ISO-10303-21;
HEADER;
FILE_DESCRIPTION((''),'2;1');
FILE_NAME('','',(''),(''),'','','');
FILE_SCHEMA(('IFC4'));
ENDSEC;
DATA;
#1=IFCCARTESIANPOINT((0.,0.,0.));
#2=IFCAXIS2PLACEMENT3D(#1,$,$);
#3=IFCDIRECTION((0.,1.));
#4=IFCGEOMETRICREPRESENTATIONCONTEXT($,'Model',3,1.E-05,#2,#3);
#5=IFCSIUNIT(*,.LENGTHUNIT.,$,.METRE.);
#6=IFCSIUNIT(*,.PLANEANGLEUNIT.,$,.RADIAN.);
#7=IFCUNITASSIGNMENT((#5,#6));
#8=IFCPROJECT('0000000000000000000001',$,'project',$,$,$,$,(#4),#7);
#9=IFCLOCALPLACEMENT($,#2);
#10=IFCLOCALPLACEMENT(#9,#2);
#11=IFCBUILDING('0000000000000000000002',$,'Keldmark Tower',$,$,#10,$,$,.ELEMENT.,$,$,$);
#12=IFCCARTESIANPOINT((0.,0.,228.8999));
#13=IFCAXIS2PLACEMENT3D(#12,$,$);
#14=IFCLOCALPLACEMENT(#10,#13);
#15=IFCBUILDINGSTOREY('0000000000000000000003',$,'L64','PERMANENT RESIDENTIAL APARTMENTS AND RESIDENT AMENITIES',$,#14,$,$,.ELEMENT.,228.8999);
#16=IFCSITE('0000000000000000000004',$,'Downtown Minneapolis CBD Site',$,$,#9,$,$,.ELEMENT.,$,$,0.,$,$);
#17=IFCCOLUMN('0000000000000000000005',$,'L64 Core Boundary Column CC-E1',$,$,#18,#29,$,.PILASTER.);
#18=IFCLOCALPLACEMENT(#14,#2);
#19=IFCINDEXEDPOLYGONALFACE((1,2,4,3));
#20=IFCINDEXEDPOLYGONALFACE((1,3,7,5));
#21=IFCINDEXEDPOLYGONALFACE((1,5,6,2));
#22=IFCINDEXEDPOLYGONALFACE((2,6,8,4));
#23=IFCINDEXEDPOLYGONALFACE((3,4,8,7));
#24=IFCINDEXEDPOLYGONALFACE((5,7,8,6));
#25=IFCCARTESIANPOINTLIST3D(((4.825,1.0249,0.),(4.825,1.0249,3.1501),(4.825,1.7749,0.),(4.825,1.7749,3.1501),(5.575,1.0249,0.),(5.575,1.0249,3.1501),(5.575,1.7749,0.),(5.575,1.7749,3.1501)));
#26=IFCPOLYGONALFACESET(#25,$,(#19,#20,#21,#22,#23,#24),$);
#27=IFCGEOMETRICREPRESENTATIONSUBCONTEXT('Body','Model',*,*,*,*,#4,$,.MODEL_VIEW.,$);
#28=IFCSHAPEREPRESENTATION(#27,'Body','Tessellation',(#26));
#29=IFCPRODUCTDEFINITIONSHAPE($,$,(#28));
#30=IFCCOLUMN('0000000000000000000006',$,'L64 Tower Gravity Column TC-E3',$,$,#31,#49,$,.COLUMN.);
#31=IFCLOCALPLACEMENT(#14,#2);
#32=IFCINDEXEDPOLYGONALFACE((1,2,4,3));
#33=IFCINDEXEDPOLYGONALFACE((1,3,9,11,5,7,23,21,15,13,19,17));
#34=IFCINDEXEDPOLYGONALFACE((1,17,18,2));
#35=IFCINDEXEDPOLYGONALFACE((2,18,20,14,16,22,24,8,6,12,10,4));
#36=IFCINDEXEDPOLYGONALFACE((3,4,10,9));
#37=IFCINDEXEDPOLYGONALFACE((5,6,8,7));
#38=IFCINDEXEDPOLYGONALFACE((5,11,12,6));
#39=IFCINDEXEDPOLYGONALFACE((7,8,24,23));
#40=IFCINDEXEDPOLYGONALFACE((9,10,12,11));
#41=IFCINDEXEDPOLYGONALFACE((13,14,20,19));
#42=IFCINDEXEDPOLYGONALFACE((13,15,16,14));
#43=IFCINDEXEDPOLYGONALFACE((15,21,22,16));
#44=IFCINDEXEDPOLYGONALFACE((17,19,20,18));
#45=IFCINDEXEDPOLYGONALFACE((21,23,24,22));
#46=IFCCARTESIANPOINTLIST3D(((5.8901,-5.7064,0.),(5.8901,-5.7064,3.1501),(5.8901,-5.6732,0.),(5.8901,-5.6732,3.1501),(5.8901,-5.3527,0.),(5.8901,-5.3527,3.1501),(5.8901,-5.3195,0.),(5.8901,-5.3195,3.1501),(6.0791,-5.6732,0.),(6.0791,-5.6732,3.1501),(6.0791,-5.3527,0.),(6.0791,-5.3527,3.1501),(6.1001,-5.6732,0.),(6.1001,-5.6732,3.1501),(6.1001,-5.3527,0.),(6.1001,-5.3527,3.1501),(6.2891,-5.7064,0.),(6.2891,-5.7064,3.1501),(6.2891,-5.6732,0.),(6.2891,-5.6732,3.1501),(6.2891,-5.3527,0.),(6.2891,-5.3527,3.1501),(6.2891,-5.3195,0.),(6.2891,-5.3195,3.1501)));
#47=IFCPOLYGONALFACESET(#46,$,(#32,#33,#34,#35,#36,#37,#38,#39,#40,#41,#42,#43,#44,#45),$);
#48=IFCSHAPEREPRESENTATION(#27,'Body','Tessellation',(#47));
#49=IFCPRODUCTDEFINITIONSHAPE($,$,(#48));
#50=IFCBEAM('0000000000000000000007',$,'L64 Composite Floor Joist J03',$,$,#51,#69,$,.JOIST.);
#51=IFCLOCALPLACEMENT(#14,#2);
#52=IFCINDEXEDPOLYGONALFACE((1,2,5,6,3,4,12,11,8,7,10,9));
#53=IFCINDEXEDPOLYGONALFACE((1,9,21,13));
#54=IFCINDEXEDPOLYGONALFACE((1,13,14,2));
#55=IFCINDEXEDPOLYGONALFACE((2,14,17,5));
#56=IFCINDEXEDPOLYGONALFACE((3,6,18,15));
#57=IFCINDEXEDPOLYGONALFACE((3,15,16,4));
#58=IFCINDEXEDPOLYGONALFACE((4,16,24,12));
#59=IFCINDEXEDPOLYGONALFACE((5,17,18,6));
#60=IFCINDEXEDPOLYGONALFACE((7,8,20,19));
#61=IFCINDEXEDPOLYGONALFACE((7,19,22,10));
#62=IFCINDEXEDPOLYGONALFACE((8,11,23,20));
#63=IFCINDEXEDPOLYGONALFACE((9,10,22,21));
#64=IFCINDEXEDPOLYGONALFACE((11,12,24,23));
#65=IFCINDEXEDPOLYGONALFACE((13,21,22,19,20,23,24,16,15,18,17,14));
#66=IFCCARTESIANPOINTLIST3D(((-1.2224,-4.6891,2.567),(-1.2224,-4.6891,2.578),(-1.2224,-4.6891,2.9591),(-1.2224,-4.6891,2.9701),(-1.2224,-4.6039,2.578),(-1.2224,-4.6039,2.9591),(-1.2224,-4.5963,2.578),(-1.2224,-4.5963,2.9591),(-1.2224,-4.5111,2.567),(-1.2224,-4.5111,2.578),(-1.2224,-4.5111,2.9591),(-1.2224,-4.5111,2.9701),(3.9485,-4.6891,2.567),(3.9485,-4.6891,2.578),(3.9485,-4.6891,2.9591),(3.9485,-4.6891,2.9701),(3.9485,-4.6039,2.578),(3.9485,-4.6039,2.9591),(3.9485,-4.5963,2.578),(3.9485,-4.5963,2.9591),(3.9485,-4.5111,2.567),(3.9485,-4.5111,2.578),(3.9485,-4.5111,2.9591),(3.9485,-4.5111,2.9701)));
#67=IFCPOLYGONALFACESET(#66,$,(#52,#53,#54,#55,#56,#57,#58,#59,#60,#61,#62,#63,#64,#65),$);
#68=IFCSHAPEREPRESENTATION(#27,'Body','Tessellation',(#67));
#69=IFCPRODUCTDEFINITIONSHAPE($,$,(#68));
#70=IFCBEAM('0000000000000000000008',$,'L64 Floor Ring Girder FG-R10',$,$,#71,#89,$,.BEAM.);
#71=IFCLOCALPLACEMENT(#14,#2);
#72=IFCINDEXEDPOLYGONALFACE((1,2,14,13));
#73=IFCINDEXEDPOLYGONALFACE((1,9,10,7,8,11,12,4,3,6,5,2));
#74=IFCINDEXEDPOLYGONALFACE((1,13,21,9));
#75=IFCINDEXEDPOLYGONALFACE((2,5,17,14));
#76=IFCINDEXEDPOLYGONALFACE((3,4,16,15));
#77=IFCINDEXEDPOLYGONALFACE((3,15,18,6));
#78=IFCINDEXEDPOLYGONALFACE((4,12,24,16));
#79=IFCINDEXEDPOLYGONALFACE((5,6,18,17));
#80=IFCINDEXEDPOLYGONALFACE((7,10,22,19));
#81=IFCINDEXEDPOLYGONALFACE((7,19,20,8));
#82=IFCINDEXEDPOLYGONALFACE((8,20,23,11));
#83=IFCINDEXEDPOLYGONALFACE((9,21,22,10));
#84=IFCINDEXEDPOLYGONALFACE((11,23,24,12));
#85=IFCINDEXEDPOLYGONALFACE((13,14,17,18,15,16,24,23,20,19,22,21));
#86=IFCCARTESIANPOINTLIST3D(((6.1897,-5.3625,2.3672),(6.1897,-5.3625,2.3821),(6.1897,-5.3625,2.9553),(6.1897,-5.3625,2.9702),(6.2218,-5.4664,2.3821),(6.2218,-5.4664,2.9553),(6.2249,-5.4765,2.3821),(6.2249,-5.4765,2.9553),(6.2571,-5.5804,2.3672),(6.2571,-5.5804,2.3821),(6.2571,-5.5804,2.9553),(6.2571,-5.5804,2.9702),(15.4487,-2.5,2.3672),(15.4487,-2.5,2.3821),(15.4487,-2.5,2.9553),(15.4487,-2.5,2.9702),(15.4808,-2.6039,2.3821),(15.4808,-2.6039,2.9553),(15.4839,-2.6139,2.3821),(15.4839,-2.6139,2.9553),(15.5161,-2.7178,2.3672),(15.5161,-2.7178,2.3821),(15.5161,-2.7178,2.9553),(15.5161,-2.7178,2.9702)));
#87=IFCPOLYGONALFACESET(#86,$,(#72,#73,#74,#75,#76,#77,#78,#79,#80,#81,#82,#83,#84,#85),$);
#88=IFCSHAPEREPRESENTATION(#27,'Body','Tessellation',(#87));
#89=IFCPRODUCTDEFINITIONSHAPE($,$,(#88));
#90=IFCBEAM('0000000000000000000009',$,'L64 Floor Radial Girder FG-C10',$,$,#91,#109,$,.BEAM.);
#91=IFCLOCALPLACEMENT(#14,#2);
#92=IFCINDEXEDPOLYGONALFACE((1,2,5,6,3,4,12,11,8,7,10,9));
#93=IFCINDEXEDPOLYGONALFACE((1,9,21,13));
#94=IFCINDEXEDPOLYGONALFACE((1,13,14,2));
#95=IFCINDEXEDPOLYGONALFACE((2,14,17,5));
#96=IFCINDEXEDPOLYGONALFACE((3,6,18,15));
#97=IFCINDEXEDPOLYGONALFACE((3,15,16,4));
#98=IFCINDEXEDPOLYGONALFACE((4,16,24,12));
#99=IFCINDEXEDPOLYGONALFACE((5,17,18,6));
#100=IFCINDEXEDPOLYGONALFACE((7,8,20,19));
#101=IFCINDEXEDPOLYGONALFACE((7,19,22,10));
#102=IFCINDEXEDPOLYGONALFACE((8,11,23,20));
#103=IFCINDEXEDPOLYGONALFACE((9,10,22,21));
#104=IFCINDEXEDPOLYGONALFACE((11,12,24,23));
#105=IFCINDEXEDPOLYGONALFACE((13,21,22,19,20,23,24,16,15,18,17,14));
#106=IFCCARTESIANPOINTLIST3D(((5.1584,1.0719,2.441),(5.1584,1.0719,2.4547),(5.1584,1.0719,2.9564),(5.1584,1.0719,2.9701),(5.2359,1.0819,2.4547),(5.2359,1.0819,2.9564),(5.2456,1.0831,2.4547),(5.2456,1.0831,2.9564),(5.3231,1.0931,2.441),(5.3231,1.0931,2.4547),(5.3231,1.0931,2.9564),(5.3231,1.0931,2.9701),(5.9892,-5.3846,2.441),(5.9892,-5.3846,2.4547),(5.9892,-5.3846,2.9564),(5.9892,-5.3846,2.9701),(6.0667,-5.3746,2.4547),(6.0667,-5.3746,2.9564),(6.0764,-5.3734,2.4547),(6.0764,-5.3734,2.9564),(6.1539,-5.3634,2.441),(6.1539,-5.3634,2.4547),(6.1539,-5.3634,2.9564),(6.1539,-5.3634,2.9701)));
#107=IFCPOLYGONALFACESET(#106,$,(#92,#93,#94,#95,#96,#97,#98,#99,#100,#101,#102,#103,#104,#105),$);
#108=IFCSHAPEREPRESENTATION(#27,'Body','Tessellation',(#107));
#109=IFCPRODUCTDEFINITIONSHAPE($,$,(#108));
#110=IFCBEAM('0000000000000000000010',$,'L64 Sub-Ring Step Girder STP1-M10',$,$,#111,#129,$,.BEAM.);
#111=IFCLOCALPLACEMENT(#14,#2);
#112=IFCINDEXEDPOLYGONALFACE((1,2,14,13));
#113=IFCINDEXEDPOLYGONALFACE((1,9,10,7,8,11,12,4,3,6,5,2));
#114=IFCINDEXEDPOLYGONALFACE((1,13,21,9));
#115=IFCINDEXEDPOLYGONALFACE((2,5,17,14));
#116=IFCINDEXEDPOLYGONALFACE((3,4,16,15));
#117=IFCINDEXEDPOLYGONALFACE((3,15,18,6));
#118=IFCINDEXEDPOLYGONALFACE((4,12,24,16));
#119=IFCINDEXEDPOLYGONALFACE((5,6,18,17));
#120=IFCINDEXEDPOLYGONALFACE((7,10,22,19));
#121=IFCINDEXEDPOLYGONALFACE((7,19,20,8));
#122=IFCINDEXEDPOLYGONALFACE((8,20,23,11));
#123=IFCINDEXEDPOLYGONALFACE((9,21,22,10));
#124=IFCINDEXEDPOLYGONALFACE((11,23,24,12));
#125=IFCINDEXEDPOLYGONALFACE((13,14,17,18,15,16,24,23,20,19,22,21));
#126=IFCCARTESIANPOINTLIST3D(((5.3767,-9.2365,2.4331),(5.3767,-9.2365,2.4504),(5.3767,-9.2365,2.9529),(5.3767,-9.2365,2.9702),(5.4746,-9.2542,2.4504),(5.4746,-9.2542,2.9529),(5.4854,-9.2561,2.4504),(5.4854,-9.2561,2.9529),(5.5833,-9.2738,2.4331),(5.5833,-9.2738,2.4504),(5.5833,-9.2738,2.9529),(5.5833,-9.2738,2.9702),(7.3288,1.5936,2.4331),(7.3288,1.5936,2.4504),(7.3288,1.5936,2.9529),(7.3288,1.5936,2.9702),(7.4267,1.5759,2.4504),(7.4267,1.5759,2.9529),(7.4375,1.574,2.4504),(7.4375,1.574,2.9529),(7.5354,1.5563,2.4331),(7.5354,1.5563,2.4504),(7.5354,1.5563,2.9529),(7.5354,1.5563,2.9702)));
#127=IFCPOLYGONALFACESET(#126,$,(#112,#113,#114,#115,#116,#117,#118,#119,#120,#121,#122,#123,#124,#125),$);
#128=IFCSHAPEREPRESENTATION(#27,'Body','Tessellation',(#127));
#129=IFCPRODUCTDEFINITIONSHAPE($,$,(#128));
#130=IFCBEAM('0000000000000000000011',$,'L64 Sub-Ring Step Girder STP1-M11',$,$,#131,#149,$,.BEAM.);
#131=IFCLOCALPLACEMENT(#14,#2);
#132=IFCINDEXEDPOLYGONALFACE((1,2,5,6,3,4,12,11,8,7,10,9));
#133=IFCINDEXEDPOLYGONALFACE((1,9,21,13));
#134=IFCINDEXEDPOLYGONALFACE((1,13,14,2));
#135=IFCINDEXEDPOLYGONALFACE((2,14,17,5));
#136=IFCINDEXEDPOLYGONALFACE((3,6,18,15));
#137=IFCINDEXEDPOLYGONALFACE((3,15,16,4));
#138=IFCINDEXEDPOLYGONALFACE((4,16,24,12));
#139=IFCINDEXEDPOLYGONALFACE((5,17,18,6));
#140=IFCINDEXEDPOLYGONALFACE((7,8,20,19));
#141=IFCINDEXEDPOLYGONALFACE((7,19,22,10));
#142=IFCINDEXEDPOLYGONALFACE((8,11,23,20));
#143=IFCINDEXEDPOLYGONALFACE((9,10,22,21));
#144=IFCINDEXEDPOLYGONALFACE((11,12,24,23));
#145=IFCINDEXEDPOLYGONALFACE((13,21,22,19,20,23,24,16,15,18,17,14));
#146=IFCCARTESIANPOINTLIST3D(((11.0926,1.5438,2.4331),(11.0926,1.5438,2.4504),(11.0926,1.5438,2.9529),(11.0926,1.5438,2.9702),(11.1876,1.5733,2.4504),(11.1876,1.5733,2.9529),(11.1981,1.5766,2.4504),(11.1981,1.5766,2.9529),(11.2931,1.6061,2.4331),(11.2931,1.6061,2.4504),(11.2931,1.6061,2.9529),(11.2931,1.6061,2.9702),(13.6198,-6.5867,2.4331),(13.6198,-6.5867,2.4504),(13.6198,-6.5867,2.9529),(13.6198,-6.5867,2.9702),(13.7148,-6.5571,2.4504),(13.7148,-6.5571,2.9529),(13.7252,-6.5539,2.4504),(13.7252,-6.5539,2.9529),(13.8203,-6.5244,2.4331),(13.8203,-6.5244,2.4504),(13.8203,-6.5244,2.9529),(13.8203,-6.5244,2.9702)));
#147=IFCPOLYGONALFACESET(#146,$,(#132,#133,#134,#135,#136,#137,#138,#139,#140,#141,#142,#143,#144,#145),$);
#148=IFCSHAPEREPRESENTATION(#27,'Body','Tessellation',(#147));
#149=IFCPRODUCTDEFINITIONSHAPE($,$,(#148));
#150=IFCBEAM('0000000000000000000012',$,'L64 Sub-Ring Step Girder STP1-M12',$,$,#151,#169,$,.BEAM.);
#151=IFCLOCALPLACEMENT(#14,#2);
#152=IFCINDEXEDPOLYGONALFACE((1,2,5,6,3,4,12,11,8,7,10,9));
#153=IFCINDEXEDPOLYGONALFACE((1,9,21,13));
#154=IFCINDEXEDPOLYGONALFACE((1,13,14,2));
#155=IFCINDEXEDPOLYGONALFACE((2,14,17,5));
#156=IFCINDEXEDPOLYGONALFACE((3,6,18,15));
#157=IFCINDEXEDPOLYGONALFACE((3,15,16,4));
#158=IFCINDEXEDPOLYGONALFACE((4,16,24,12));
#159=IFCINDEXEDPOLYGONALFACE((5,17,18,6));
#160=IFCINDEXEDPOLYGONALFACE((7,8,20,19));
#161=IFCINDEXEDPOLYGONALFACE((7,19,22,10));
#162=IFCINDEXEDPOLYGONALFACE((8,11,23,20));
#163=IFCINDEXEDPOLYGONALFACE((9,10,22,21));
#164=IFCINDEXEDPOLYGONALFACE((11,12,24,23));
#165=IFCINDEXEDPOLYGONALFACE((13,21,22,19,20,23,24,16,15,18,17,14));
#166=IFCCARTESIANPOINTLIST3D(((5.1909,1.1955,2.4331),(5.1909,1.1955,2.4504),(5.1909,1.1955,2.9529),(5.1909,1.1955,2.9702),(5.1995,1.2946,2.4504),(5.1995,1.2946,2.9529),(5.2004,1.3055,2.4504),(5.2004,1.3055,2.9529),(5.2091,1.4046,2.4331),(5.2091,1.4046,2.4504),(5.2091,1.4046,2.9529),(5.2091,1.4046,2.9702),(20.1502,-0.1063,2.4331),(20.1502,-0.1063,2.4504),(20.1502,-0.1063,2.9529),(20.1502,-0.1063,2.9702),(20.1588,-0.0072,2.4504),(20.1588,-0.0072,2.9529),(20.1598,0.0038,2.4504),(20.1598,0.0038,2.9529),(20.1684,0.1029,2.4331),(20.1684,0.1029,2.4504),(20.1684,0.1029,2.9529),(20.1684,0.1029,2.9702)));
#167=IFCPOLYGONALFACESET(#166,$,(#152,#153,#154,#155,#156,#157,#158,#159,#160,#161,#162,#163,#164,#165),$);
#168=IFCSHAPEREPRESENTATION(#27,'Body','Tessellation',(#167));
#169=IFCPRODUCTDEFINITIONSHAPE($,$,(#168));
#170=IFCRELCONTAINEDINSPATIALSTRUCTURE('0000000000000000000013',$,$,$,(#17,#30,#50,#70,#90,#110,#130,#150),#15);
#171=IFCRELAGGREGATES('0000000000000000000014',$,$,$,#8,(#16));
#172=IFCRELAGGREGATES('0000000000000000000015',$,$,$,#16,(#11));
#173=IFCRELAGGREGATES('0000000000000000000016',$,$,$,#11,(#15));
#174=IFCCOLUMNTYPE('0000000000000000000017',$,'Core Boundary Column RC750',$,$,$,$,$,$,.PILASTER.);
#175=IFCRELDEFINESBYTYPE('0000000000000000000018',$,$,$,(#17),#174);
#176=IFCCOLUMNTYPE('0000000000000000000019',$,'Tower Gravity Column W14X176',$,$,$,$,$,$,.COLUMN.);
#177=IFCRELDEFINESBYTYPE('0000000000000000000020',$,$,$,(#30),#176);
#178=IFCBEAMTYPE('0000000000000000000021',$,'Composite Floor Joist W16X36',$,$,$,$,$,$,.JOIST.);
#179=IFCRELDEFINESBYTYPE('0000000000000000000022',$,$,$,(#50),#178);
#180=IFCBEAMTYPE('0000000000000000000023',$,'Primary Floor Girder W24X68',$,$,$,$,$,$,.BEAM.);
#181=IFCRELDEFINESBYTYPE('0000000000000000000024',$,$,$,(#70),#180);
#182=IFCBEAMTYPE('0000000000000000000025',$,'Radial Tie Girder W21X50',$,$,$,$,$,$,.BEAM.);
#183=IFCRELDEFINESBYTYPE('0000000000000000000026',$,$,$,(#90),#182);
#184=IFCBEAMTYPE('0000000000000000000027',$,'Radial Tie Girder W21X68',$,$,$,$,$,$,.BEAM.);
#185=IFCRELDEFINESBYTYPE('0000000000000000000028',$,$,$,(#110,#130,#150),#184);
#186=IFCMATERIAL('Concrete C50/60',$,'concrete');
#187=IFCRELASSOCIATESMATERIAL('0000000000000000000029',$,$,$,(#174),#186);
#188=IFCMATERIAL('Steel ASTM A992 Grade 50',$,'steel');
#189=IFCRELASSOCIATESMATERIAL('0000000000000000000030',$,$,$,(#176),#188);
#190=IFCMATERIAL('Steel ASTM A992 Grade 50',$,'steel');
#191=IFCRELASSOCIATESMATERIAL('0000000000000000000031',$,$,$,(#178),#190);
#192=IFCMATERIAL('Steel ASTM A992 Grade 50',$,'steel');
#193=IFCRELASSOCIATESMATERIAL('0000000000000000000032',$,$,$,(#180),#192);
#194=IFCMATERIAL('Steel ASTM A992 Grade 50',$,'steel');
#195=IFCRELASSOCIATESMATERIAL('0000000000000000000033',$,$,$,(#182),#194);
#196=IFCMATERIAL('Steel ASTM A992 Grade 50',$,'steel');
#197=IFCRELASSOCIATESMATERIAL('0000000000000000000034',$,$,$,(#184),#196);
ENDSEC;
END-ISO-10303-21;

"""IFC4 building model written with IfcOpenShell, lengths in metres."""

from ifc_helpers import new_model, si_unit, direction, frame, origin, origin_2d, place, context, subcontext, project, spatial, rectangle, i_section, extrude, material, material_profile, profile_set, type_object, element, save


model = new_model("IFC4")

# Units and contexts
model_context = context("Model", 3, precision=1e-05, world=origin(), true_north=direction((0.0, 1.0)))
body_context = subcontext(model_context, "Body", "Model", "MODEL_VIEW")
ifc_project = project(units=[si_unit("LENGTHUNIT", "METRE"), si_unit("PLANEANGLEUNIT", "RADIAN")], contexts=[model_context])

# Site, building, storey
site_placement = place(None, origin())
site = spatial("IfcSite", under=ifc_project, at=site_placement, Name="Downtown Minneapolis CBD Site", CompositionType="ELEMENT", RefElevation=0.0)
building_placement = place(site_placement, origin())
building = spatial("IfcBuilding", under=site, at=building_placement, Name="Keldmark Tower", CompositionType="ELEMENT")
storey_placement = place(building_placement, frame((0.0, 0.0, 228.8999)))
storey = spatial("IfcBuildingStorey", under=building, at=storey_placement, Name="L64", Description="PERMANENT RESIDENTIAL APARTMENTS AND RESIDENT AMENITIES", CompositionType="ELEMENT", Elevation=228.8999)

# Columns
ifc_material_1 = material(Name="Concrete C50/60", Category="concrete")
ifc_material_profile_1 = material_profile(ifc_material_1, rectangle(XDim=0.75, YDim=0.75, at=origin_2d()), Name="RC750X750")
ifc_profile_set_1 = profile_set([ifc_material_profile_1], Name="Concrete C50/60")
column_type_1 = type_object("IfcColumnType", Name="Core Boundary Column RC750", PredefinedType="PILASTER", material=ifc_profile_set_1)
column_1_placement = place(storey_placement, frame((5.2, 1.3999, 0.0), z_axis=(0.0, 0.0, 1.0), x_axis=(1.0, 0.0, 0.0)))
element("IfcColumn", 1, at=column_1_placement, inside=storey, type_object=column_type_1, Name="L64 Core Boundary Column CC-E1", PredefinedType="PILASTER", context=body_context, shape_type="SweptSolid", body=[
    extrude(rectangle(XDim=0.75, YDim=0.75, at=origin_2d()), origin(), (0.0, 0.0, 1.0), 3.1501),
])
ifc_material_2 = material(Name="Steel ASTM A992 Grade 50", Category="steel")
ifc_material_profile_2 = material_profile(ifc_material_2, i_section(OverallWidth=0.3989, OverallDepth=0.387, WebThickness=0.021, FlangeThickness=0.0332, at=origin_2d()), Name="W14X176")
ifc_profile_set_2 = profile_set([ifc_material_profile_2], Name="Steel ASTM A992 Grade 50")
column_type_2 = type_object("IfcColumnType", Name="Tower Gravity Column W14X176", PredefinedType="COLUMN", material=ifc_profile_set_2)
column_2_placement = place(storey_placement, frame((6.0896, -5.5129, 0.0), z_axis=(0.0, 0.0, 1.0), x_axis=(1.0, 0.0, 0.0)))
element("IfcColumn", 2, at=column_2_placement, inside=storey, type_object=column_type_2, Name="L64 Tower Gravity Column TC-E3", PredefinedType="COLUMN", context=body_context, shape_type="SweptSolid", body=[
    extrude(i_section(OverallWidth=0.3989, OverallDepth=0.387, WebThickness=0.021, FlangeThickness=0.0332, at=origin_2d()), origin(), (0.0, 0.0, 1.0), 3.1501),
])

# Beams
ifc_material_3 = material(Name="Steel ASTM A992 Grade 50", Category="steel")
ifc_material_profile_3 = material_profile(ifc_material_3, i_section(OverallWidth=0.178, OverallDepth=0.4031, WebThickness=0.0076, FlangeThickness=0.011, at=origin_2d()), Name="W16X36")
ifc_profile_set_3 = profile_set([ifc_material_profile_3], Name="Steel ASTM A992 Grade 50")
beam_type_1 = type_object("IfcBeamType", Name="Composite Floor Joist W16X36", PredefinedType="JOIST", material=ifc_profile_set_3)
beam_1_placement = place(storey_placement, frame((-1.2224, -4.6001, 2.7686), z_axis=(1.0, 0.0, 0.0), x_axis=(0.0, 1.0, 0.0)))
element("IfcBeam", 3, at=beam_1_placement, inside=storey, type_object=beam_type_1, Name="L64 Composite Floor Joist J03", PredefinedType="JOIST", context=body_context, shape_type="SweptSolid", body=[
    extrude(i_section(OverallWidth=0.178, OverallDepth=0.4031, WebThickness=0.0076, FlangeThickness=0.011, at=origin_2d()), origin(), (0.0, 0.0, 1.0), 5.1709),
])
ifc_material_4 = material(Name="Steel ASTM A992 Grade 50", Category="steel")
ifc_material_profile_4 = material_profile(ifc_material_4, i_section(OverallWidth=0.228, OverallDepth=0.603, WebThickness=0.0105, FlangeThickness=0.0149, at=origin_2d()), Name="W24X68")
ifc_profile_set_4 = profile_set([ifc_material_profile_4], Name="Steel ASTM A992 Grade 50")
beam_type_2 = type_object("IfcBeamType", Name="Primary Floor Girder W24X68", PredefinedType="BEAM", material=ifc_profile_set_4)
beam_2_placement = place(storey_placement, frame((6.2234, -5.4714, 2.6687), z_axis=(0.955383, 0.295369, 0.0), x_axis=(-0.295369, 0.955383, 0.0)))
element("IfcBeam", 4, at=beam_2_placement, inside=storey, type_object=beam_type_2, Name="L64 Floor Ring Girder FG-R10", PredefinedType="BEAM", context=body_context, shape_type="SweptSolid", body=[
    extrude(i_section(OverallWidth=0.228, OverallDepth=0.603, WebThickness=0.0105, FlangeThickness=0.0149, at=origin_2d()), origin(), (0.0, 0.0, 1.0), 9.6914),
])
ifc_material_5 = material(Name="Steel ASTM A992 Grade 50", Category="steel")
ifc_material_profile_5 = material_profile(ifc_material_5, i_section(OverallWidth=0.166, OverallDepth=0.5291, WebThickness=0.0098, FlangeThickness=0.0137, at=origin_2d()), Name="W21X50")
ifc_profile_set_5 = profile_set([ifc_material_profile_5], Name="Steel ASTM A992 Grade 50")
beam_type_3 = type_object("IfcBeamType", Name="Radial Tie Girder W21X50", PredefinedType="BEAM", material=ifc_profile_set_5)
beam_3_placement = place(storey_placement, frame((6.0715, -5.374, 2.7056), z_axis=(-0.127625, 0.991822, 0.0), x_axis=(-0.991822, -0.127625, 0.0)))
element("IfcBeam", 5, at=beam_3_placement, inside=storey, type_object=beam_type_3, Name="L64 Floor Radial Girder FG-C10", PredefinedType="BEAM", context=body_context, shape_type="SweptSolid", body=[
    extrude(i_section(OverallWidth=0.166, OverallDepth=0.5291, WebThickness=0.0098, FlangeThickness=0.0137, at=origin_2d()), origin(), (0.0, 0.0, 1.0), 6.5098),
])
ifc_material_6 = material(Name="Steel ASTM A992 Grade 50", Category="steel")
ifc_material_profile_6 = material_profile(ifc_material_6, i_section(OverallWidth=0.21, OverallDepth=0.5371, WebThickness=0.011, FlangeThickness=0.0173, at=origin_2d()), Name="W21X68")
ifc_profile_set_6 = profile_set([ifc_material_profile_6], Name="Steel ASTM A992 Grade 50")
beam_type_4 = type_object("IfcBeamType", Name="Radial Tie Girder W21X68", PredefinedType="BEAM", material=ifc_profile_set_6)
beam_4_placement = place(storey_placement, frame((7.4321, 1.575, 2.7017), z_axis=(-0.177394, -0.98414, 0.0), x_axis=(0.98414, -0.177394, 0.0)))
element("IfcBeam", 6, at=beam_4_placement, inside=storey, type_object=beam_type_4, Name="L64 Sub-Ring Step Girder STP1-M10", PredefinedType="BEAM", context=body_context, shape_type="SweptSolid", body=[
    extrude(i_section(OverallWidth=0.21, OverallDepth=0.5371, WebThickness=0.011, FlangeThickness=0.0173, at=origin_2d()), origin(), (0.0, 0.0, 1.0), 11.0046),
])
beam_5_placement = place(storey_placement, frame((11.1929, 1.575, 2.7017), z_axis=(0.296815, -0.954935, 0.0), x_axis=(0.954935, 0.296815, 0.0)))
element("IfcBeam", 7, at=beam_5_placement, inside=storey, type_object=beam_type_4, Name="L64 Sub-Ring Step Girder STP1-M11", PredefinedType="BEAM", context=body_context, shape_type="SweptSolid", body=[
    extrude(i_section(OverallWidth=0.21, OverallDepth=0.5371, WebThickness=0.011, FlangeThickness=0.0173, at=origin_2d()), origin(), (0.0, 0.0, 1.0), 8.5142),
])
beam_6_placement = place(storey_placement, frame((5.2, 1.3, 2.7017), z_axis=(0.996235, -0.086693, 0.0), x_axis=(0.086693, 0.996235, 0.0)))
element("IfcBeam", 8, at=beam_6_placement, inside=storey, type_object=beam_type_4, Name="L64 Sub-Ring Step Girder STP1-M12", PredefinedType="BEAM", context=body_context, shape_type="SweptSolid", body=[
    extrude(i_section(OverallWidth=0.21, OverallDepth=0.5371, WebThickness=0.011, FlangeThickness=0.0173, at=origin_2d()), origin(), (0.0, 0.0, 1.0), 15.0159),
])

save(model, "model.ifc")
